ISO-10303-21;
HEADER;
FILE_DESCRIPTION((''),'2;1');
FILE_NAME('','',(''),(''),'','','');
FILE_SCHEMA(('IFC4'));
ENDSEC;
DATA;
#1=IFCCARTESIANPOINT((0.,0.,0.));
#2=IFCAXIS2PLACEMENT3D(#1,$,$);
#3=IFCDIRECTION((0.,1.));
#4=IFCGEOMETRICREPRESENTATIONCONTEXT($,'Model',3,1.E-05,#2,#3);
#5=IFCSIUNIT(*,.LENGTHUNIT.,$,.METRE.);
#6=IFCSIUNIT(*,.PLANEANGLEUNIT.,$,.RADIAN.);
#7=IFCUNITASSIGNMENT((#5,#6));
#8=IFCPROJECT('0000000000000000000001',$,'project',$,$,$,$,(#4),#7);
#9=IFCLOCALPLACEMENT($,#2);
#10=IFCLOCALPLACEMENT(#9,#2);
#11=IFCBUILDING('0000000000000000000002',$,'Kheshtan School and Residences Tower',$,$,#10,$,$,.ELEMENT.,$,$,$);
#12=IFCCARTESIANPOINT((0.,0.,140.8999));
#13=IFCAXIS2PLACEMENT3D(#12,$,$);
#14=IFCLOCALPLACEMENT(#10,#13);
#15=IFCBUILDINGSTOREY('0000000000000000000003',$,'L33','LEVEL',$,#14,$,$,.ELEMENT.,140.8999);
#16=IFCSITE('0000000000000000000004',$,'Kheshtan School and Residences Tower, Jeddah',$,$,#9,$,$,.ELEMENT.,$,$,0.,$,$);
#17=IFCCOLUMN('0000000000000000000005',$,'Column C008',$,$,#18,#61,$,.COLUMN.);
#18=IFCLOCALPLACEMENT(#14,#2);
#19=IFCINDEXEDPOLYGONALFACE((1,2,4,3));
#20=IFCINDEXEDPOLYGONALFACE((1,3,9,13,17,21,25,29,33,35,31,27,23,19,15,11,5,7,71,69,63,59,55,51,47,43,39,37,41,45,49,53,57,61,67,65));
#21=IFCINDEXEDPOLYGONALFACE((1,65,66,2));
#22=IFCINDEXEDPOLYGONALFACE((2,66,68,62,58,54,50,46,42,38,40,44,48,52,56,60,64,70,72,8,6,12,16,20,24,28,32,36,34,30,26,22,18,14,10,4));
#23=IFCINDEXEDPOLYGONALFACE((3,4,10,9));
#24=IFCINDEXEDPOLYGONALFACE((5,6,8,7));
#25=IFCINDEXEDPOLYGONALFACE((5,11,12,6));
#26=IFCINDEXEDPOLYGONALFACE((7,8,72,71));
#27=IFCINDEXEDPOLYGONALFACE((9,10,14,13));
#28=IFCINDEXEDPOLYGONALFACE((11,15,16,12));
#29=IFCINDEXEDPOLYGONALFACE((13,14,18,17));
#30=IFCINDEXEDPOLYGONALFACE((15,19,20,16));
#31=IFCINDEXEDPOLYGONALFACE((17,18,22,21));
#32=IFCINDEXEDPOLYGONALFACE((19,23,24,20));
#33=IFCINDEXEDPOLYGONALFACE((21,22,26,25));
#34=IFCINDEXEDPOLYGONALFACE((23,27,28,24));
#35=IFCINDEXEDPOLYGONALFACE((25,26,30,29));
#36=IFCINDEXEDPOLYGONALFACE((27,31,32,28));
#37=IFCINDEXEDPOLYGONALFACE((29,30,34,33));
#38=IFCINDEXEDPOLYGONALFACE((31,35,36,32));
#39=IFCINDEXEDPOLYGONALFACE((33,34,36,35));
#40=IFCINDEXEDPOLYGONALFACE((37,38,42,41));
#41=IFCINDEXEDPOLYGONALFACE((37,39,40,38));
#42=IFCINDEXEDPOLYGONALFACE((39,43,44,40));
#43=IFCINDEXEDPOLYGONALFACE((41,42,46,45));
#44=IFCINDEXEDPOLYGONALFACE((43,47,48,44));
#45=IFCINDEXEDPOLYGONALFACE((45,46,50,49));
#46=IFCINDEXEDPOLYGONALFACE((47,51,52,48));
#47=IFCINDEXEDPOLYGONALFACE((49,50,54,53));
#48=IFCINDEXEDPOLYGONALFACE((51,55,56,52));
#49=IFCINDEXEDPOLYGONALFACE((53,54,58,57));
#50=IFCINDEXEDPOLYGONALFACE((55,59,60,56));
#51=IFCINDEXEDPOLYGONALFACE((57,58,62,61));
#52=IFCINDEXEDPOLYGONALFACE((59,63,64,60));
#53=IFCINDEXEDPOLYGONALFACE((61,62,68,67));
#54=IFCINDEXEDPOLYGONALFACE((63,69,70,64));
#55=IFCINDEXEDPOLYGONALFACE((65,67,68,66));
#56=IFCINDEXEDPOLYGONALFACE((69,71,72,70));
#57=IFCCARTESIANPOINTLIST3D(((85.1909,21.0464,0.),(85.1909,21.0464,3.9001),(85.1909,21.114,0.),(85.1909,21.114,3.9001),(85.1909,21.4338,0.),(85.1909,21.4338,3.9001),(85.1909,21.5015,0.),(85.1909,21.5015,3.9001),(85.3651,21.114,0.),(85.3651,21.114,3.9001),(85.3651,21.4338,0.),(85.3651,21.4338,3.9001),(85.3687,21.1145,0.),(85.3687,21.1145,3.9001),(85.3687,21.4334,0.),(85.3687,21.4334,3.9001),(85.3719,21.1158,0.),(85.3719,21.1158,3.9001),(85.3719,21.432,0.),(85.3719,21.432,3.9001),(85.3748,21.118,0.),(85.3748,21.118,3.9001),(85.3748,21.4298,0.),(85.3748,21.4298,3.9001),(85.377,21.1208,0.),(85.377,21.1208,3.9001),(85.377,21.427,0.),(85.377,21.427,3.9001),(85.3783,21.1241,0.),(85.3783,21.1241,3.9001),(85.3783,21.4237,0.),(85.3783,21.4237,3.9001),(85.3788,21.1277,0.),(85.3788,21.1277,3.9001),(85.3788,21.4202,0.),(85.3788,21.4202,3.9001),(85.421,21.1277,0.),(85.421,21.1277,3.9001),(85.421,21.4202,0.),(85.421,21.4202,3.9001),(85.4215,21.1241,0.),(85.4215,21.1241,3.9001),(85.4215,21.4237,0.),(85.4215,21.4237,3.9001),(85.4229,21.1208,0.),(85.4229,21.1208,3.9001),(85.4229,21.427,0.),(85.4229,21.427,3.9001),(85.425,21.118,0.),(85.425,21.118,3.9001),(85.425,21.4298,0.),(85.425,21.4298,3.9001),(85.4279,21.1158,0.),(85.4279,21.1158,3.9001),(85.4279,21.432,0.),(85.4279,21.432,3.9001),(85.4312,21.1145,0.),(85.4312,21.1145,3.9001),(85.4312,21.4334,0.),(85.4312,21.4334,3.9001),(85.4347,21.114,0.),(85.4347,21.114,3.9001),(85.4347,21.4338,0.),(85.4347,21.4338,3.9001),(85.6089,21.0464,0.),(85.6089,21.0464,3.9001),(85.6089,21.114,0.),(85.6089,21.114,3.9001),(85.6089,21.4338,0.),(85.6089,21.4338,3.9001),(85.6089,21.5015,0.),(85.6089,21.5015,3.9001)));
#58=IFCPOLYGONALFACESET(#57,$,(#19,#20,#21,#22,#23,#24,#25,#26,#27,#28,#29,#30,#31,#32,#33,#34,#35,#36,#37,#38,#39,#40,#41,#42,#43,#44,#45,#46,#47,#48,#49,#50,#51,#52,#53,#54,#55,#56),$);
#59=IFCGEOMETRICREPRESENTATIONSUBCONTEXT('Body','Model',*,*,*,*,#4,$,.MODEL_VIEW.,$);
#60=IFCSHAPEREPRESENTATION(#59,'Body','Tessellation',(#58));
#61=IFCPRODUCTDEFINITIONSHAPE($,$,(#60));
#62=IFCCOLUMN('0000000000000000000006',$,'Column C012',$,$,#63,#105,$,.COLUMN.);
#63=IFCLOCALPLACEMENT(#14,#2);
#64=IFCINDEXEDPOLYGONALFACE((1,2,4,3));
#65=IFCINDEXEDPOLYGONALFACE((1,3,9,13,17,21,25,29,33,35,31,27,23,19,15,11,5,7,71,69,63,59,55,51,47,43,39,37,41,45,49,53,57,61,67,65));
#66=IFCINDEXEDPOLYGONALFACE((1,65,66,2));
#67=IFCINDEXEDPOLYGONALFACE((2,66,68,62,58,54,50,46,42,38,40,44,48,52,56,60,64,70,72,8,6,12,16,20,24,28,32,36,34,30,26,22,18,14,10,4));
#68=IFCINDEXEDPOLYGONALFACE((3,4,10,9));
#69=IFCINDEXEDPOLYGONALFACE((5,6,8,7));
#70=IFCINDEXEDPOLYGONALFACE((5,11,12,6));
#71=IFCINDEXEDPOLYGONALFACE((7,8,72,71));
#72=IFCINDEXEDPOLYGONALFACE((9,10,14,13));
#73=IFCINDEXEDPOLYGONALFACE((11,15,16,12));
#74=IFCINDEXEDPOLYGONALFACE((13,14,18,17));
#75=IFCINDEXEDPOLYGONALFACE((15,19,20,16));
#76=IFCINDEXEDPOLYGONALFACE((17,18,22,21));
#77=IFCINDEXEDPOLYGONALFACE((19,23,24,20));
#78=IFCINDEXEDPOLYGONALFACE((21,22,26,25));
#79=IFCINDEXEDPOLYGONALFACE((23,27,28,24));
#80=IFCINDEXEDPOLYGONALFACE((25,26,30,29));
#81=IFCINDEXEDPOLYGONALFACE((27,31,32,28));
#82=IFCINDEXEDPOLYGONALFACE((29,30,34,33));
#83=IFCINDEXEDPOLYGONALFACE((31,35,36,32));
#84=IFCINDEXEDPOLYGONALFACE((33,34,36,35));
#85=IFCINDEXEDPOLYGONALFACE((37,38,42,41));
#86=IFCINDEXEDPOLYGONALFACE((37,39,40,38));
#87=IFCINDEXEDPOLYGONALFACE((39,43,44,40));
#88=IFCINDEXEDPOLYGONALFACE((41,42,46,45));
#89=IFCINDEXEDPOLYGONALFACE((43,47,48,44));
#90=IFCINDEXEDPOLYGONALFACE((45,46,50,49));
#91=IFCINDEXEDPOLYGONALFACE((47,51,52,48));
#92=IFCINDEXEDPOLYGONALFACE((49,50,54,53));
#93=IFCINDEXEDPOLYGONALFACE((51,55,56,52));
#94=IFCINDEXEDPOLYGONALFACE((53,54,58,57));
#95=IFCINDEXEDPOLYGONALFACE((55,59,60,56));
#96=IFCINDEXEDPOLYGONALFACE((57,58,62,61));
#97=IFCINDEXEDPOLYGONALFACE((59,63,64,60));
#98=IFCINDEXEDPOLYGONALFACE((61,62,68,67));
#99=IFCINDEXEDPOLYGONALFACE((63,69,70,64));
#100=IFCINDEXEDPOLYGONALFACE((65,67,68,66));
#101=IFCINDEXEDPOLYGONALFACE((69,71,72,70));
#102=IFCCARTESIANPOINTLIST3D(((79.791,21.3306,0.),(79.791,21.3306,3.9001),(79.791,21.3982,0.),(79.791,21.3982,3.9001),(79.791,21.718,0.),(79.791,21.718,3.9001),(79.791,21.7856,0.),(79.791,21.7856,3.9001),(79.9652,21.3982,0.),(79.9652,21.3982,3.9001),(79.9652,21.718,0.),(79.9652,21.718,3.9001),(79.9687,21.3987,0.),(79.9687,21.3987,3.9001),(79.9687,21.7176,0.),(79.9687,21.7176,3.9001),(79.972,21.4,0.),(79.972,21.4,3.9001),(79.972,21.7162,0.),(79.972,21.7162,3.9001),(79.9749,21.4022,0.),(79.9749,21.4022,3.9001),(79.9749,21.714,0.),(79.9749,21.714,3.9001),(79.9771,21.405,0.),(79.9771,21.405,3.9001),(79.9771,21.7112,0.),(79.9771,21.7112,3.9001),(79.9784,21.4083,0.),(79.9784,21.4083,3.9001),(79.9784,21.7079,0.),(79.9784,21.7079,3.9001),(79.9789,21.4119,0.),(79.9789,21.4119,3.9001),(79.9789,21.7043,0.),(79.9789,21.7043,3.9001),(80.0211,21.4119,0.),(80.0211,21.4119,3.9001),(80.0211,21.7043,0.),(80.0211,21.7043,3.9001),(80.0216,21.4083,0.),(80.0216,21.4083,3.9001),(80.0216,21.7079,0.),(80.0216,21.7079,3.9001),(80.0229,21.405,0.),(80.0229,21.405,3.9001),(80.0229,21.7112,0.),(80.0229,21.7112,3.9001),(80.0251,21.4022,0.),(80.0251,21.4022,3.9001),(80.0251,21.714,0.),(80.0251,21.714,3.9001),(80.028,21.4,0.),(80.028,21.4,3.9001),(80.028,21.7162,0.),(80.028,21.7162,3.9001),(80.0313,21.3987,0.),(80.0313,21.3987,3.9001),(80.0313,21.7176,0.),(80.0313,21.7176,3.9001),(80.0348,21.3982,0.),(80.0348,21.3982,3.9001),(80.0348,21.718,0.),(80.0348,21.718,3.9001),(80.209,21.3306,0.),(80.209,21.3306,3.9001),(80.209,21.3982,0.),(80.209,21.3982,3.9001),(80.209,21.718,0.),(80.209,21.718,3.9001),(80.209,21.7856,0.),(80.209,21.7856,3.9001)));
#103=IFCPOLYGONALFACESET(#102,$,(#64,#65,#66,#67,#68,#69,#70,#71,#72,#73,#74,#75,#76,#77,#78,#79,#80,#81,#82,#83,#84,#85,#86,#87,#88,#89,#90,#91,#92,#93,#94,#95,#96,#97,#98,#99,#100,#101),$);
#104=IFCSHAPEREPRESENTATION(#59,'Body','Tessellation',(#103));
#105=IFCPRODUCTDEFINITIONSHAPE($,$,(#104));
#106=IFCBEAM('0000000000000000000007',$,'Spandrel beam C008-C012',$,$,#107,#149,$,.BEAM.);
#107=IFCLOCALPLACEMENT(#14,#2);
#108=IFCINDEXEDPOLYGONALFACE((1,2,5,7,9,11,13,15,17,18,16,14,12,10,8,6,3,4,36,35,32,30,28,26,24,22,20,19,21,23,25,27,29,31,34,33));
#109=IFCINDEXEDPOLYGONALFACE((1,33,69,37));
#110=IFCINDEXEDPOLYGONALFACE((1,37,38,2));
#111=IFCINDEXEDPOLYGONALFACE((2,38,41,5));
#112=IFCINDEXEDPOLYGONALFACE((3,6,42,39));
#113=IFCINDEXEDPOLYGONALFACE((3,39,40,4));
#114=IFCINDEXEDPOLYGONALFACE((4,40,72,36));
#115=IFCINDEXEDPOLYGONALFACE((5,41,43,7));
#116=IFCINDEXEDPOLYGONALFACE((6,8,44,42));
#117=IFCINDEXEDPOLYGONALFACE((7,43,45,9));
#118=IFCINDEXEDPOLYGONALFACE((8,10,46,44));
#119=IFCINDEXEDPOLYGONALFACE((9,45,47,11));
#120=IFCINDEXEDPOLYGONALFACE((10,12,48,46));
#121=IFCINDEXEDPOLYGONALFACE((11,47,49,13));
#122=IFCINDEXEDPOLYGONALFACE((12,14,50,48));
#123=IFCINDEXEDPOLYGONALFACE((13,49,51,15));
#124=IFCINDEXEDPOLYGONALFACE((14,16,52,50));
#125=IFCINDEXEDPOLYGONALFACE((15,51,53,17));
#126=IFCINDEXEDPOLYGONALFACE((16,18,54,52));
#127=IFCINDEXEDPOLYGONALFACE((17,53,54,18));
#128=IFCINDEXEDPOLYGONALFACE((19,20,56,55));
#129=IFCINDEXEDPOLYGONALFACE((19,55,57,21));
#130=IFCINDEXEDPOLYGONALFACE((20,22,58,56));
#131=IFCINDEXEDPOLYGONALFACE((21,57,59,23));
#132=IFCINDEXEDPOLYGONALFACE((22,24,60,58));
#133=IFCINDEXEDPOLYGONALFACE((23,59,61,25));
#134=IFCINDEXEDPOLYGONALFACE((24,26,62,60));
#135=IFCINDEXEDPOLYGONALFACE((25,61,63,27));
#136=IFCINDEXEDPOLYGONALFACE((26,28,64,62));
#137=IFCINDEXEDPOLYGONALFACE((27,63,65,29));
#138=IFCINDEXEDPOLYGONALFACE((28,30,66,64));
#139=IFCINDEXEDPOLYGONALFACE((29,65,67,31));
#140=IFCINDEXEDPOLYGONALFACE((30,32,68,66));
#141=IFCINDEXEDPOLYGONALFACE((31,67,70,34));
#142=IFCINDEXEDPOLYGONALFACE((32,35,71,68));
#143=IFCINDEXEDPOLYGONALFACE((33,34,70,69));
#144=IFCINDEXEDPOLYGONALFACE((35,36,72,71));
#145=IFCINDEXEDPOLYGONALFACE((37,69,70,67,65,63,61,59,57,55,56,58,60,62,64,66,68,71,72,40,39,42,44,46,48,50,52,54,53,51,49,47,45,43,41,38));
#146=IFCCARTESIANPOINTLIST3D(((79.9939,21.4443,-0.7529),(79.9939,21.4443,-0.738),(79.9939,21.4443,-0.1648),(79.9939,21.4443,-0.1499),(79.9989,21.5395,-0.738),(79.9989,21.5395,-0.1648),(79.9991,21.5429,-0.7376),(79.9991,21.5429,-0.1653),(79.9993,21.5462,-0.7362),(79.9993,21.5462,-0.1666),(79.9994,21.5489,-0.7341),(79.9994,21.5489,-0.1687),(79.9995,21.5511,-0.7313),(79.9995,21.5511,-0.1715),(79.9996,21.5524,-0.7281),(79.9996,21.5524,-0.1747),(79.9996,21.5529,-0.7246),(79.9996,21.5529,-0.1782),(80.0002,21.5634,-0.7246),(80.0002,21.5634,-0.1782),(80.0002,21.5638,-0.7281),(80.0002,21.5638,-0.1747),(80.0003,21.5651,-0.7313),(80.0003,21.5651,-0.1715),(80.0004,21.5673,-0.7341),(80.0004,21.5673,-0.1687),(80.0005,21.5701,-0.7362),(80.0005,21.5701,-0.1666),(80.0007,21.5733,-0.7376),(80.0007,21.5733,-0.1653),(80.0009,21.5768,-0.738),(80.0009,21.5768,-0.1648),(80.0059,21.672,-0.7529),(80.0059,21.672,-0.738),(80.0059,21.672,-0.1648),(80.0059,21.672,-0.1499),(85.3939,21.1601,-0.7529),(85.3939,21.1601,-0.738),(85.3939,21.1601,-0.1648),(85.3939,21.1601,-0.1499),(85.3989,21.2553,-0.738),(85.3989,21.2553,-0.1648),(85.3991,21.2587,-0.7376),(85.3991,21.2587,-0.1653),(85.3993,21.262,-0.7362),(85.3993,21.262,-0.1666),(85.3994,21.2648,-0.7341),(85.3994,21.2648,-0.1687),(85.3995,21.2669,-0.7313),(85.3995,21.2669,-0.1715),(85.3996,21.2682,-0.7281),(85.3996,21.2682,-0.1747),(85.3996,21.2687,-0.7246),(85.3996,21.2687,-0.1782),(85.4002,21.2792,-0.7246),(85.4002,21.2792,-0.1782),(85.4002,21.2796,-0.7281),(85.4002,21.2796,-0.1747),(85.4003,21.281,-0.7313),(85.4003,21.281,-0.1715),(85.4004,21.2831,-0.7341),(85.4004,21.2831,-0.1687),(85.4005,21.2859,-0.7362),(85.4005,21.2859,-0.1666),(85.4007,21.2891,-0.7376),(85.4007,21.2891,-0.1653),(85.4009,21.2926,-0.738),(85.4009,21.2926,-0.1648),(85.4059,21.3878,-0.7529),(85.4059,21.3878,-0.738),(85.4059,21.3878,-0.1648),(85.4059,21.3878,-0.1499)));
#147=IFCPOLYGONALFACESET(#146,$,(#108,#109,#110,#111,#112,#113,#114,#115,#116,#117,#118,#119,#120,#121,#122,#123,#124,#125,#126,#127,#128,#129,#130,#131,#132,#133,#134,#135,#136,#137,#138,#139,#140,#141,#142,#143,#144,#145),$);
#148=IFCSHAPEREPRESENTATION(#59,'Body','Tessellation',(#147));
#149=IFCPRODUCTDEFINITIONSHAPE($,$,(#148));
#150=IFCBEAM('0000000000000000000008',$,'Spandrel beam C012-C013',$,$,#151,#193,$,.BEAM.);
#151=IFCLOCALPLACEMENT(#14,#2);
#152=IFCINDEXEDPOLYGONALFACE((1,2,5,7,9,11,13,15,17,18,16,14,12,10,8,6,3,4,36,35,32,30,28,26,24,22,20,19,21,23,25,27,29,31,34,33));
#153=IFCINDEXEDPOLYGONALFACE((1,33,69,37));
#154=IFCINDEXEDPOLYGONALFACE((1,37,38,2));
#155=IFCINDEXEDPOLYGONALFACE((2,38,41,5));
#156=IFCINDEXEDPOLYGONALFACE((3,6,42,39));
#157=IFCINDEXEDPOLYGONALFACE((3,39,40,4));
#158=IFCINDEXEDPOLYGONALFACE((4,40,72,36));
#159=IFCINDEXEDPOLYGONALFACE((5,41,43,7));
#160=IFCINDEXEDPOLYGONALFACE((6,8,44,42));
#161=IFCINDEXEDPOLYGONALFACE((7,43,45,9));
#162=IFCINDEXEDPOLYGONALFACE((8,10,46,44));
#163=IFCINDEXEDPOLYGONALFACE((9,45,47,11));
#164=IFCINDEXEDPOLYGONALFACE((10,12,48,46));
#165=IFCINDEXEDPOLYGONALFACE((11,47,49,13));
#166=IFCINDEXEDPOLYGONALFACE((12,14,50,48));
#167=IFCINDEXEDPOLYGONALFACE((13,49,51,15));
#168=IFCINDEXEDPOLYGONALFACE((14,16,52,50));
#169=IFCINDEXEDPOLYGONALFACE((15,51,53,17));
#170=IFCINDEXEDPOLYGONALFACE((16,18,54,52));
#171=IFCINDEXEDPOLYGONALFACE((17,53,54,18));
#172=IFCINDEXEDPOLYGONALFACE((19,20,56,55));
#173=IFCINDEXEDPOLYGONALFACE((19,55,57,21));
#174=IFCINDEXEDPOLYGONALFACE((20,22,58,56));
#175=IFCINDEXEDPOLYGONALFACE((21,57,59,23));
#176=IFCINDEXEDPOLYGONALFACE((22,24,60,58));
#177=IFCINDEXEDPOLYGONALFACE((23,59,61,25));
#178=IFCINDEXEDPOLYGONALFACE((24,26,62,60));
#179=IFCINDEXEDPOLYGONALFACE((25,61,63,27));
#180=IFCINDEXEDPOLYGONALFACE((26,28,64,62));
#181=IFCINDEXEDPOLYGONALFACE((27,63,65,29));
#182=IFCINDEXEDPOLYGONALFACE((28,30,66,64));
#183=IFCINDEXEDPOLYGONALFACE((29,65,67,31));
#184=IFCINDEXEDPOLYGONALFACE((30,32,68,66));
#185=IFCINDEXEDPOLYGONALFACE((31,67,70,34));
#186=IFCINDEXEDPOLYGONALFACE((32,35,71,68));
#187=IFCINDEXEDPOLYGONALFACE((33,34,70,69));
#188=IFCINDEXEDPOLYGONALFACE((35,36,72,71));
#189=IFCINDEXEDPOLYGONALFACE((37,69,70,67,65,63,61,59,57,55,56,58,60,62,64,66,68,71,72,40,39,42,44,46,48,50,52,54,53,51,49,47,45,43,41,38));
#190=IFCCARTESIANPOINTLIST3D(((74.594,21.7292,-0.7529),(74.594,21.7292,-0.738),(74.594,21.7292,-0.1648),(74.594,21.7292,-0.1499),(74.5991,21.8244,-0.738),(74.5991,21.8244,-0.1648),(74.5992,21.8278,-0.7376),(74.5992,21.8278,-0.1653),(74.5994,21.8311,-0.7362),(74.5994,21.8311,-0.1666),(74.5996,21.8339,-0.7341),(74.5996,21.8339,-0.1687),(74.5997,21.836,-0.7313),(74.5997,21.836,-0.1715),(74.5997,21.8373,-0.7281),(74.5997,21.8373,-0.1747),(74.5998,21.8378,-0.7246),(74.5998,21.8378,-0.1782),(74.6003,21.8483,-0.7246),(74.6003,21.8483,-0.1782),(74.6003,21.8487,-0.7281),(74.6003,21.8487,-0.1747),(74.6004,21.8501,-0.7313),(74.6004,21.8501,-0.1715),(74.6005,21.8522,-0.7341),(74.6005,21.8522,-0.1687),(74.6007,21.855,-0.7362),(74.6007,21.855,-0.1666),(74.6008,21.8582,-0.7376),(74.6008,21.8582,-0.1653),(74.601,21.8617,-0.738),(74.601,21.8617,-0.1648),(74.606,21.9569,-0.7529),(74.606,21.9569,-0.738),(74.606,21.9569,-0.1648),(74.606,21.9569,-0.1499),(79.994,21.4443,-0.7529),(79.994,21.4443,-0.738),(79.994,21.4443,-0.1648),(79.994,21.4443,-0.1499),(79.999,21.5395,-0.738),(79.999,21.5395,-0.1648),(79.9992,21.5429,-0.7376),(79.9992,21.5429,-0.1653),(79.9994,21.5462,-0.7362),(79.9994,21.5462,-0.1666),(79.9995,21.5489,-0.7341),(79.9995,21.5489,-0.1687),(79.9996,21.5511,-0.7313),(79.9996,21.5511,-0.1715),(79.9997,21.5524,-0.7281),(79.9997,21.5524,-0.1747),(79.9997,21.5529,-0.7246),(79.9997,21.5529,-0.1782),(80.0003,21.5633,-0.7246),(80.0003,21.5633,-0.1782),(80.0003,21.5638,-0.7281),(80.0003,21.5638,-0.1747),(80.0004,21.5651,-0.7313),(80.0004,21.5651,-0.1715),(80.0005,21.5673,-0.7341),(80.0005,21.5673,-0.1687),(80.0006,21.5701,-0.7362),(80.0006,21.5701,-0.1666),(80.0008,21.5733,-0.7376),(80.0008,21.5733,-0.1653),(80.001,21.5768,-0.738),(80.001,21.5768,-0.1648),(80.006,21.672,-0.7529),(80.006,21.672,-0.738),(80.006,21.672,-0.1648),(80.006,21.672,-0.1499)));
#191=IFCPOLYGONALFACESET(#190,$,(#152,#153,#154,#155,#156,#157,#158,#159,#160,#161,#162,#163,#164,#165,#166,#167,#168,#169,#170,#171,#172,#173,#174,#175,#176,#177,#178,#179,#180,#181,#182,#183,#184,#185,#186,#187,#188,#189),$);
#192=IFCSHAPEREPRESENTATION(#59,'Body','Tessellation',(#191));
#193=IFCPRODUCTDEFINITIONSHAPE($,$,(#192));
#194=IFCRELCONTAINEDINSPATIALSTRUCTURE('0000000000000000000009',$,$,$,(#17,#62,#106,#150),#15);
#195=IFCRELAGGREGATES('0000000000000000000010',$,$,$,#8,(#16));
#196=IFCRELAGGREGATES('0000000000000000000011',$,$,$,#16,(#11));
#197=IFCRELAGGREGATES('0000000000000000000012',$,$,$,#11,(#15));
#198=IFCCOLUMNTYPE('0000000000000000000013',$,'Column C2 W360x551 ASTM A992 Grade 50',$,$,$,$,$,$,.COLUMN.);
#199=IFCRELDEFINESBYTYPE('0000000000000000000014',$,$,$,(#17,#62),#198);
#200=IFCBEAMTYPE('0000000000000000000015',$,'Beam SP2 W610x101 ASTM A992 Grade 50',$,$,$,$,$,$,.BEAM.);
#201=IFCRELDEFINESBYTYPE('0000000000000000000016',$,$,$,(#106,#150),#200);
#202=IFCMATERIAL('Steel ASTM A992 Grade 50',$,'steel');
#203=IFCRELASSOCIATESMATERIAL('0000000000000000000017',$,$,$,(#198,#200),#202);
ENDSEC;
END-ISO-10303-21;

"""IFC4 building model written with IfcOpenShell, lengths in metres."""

from ifc_helpers import new_model, si_unit, direction, frame, origin, origin_2d, place, context, subcontext, project, spatial, i_section, extrude, material, material_profile, profile_set, type_object, element, save


model = new_model("IFC4")

# Units and contexts
model_context = context("Model", 3, precision=1e-05, world=origin(), true_north=direction((0.0, 1.0)))
body_context = subcontext(model_context, "Body", "Model", "MODEL_VIEW")
ifc_project = project(units=[si_unit("LENGTHUNIT", "METRE"), si_unit("PLANEANGLEUNIT", "RADIAN")], contexts=[model_context])

# Site, building, storey
site_placement = place(None, origin())
site = spatial("IfcSite", under=ifc_project, at=site_placement, Name="Kheshtan School and Residences Tower, Jeddah", CompositionType="ELEMENT", RefElevation=0.0)
building_placement = place(site_placement, origin())
building = spatial("IfcBuilding", under=site, at=building_placement, Name="Kheshtan School and Residences Tower", CompositionType="ELEMENT")
storey_placement = place(building_placement, frame((0.0, 0.0, 140.8999)))
storey = spatial("IfcBuildingStorey", under=building, at=storey_placement, Name="L33", Description="LEVEL", CompositionType="ELEMENT", Elevation=140.8999)

# Columns
ifc_material_1 = material(Name="Steel ASTM A992 Grade 50", Category="steel")
ifc_material_profile_1 = material_profile(ifc_material_1, i_section(OverallWidth=0.418, OverallDepth=0.4551, WebThickness=0.0422, FlangeThickness=0.0676, FilletRadius=0.0137, at=origin_2d()), Name="W360x551")
ifc_profile_set_1 = profile_set([ifc_material_profile_1], Name="Steel ASTM A992 Grade 50")
column_type = type_object("IfcColumnType", Name="Column C2 W360x551 ASTM A992 Grade 50", PredefinedType="COLUMN", material=ifc_profile_set_1)
for number, where, z_axis, x_axis, name in (
    (1, (85.3999, 21.2739, 0.0), (0.0, 0.0, 1.0), (1.0, 0.0, 0.0), "Column C008"),
    (2, (80.0, 21.5581, 0.0), (0.0, 0.0, 1.0), (1.0, 0.0, 0.0), "Column C012"),
):
    element("IfcColumn", number, at=place(storey_placement, frame(where, z_axis=z_axis, x_axis=x_axis)), inside=storey, type_object=column_type, Name=name, PredefinedType="COLUMN", context=body_context, shape_type="SweptSolid", body=[
        extrude(i_section(OverallWidth=0.418, OverallDepth=0.4551, WebThickness=0.0422, FlangeThickness=0.0676, FilletRadius=0.0137, at=origin_2d()), origin(), (0.0, 0.0, 1.0), 3.9001),
    ])

# Beams
ifc_material_profile_2 = material_profile(ifc_material_1, i_section(OverallWidth=0.228, OverallDepth=0.603, WebThickness=0.0105, FlangeThickness=0.0149, FilletRadius=0.0134, at=origin_2d()), Name="W610x101")
ifc_profile_set_2 = profile_set([ifc_material_profile_2], Name="Steel ASTM A992 Grade 50")
beam_type = type_object("IfcBeamType", Name="Beam SP2 W610x101 ASTM A992 Grade 50", PredefinedType="BEAM", material=ifc_profile_set_2)
for number, where, z_axis, x_axis, name in (
    (3, (85.3999, 21.2739, -0.4514), (-0.998618, 0.052554, 0.0), (-0.052554, -0.998618, 0.0), "Spandrel beam C008-C012"),
    (4, (80.0, 21.5581, -0.4514), (-0.998611, 0.052689, 0.0), (-0.052689, -0.998611, 0.0), "Spandrel beam C012-C013"),
):
    element("IfcBeam", number, at=place(storey_placement, frame(where, z_axis=z_axis, x_axis=x_axis)), inside=storey, type_object=beam_type, Name=name, PredefinedType="BEAM", context=body_context, shape_type="SweptSolid", body=[
        extrude(i_section(OverallWidth=0.228, OverallDepth=0.603, WebThickness=0.0105, FlangeThickness=0.0149, FilletRadius=0.0134, at=origin_2d()), origin(), (0.0, 0.0, 1.0), 5.4075),
    ])

save(model, "model.ifc")
